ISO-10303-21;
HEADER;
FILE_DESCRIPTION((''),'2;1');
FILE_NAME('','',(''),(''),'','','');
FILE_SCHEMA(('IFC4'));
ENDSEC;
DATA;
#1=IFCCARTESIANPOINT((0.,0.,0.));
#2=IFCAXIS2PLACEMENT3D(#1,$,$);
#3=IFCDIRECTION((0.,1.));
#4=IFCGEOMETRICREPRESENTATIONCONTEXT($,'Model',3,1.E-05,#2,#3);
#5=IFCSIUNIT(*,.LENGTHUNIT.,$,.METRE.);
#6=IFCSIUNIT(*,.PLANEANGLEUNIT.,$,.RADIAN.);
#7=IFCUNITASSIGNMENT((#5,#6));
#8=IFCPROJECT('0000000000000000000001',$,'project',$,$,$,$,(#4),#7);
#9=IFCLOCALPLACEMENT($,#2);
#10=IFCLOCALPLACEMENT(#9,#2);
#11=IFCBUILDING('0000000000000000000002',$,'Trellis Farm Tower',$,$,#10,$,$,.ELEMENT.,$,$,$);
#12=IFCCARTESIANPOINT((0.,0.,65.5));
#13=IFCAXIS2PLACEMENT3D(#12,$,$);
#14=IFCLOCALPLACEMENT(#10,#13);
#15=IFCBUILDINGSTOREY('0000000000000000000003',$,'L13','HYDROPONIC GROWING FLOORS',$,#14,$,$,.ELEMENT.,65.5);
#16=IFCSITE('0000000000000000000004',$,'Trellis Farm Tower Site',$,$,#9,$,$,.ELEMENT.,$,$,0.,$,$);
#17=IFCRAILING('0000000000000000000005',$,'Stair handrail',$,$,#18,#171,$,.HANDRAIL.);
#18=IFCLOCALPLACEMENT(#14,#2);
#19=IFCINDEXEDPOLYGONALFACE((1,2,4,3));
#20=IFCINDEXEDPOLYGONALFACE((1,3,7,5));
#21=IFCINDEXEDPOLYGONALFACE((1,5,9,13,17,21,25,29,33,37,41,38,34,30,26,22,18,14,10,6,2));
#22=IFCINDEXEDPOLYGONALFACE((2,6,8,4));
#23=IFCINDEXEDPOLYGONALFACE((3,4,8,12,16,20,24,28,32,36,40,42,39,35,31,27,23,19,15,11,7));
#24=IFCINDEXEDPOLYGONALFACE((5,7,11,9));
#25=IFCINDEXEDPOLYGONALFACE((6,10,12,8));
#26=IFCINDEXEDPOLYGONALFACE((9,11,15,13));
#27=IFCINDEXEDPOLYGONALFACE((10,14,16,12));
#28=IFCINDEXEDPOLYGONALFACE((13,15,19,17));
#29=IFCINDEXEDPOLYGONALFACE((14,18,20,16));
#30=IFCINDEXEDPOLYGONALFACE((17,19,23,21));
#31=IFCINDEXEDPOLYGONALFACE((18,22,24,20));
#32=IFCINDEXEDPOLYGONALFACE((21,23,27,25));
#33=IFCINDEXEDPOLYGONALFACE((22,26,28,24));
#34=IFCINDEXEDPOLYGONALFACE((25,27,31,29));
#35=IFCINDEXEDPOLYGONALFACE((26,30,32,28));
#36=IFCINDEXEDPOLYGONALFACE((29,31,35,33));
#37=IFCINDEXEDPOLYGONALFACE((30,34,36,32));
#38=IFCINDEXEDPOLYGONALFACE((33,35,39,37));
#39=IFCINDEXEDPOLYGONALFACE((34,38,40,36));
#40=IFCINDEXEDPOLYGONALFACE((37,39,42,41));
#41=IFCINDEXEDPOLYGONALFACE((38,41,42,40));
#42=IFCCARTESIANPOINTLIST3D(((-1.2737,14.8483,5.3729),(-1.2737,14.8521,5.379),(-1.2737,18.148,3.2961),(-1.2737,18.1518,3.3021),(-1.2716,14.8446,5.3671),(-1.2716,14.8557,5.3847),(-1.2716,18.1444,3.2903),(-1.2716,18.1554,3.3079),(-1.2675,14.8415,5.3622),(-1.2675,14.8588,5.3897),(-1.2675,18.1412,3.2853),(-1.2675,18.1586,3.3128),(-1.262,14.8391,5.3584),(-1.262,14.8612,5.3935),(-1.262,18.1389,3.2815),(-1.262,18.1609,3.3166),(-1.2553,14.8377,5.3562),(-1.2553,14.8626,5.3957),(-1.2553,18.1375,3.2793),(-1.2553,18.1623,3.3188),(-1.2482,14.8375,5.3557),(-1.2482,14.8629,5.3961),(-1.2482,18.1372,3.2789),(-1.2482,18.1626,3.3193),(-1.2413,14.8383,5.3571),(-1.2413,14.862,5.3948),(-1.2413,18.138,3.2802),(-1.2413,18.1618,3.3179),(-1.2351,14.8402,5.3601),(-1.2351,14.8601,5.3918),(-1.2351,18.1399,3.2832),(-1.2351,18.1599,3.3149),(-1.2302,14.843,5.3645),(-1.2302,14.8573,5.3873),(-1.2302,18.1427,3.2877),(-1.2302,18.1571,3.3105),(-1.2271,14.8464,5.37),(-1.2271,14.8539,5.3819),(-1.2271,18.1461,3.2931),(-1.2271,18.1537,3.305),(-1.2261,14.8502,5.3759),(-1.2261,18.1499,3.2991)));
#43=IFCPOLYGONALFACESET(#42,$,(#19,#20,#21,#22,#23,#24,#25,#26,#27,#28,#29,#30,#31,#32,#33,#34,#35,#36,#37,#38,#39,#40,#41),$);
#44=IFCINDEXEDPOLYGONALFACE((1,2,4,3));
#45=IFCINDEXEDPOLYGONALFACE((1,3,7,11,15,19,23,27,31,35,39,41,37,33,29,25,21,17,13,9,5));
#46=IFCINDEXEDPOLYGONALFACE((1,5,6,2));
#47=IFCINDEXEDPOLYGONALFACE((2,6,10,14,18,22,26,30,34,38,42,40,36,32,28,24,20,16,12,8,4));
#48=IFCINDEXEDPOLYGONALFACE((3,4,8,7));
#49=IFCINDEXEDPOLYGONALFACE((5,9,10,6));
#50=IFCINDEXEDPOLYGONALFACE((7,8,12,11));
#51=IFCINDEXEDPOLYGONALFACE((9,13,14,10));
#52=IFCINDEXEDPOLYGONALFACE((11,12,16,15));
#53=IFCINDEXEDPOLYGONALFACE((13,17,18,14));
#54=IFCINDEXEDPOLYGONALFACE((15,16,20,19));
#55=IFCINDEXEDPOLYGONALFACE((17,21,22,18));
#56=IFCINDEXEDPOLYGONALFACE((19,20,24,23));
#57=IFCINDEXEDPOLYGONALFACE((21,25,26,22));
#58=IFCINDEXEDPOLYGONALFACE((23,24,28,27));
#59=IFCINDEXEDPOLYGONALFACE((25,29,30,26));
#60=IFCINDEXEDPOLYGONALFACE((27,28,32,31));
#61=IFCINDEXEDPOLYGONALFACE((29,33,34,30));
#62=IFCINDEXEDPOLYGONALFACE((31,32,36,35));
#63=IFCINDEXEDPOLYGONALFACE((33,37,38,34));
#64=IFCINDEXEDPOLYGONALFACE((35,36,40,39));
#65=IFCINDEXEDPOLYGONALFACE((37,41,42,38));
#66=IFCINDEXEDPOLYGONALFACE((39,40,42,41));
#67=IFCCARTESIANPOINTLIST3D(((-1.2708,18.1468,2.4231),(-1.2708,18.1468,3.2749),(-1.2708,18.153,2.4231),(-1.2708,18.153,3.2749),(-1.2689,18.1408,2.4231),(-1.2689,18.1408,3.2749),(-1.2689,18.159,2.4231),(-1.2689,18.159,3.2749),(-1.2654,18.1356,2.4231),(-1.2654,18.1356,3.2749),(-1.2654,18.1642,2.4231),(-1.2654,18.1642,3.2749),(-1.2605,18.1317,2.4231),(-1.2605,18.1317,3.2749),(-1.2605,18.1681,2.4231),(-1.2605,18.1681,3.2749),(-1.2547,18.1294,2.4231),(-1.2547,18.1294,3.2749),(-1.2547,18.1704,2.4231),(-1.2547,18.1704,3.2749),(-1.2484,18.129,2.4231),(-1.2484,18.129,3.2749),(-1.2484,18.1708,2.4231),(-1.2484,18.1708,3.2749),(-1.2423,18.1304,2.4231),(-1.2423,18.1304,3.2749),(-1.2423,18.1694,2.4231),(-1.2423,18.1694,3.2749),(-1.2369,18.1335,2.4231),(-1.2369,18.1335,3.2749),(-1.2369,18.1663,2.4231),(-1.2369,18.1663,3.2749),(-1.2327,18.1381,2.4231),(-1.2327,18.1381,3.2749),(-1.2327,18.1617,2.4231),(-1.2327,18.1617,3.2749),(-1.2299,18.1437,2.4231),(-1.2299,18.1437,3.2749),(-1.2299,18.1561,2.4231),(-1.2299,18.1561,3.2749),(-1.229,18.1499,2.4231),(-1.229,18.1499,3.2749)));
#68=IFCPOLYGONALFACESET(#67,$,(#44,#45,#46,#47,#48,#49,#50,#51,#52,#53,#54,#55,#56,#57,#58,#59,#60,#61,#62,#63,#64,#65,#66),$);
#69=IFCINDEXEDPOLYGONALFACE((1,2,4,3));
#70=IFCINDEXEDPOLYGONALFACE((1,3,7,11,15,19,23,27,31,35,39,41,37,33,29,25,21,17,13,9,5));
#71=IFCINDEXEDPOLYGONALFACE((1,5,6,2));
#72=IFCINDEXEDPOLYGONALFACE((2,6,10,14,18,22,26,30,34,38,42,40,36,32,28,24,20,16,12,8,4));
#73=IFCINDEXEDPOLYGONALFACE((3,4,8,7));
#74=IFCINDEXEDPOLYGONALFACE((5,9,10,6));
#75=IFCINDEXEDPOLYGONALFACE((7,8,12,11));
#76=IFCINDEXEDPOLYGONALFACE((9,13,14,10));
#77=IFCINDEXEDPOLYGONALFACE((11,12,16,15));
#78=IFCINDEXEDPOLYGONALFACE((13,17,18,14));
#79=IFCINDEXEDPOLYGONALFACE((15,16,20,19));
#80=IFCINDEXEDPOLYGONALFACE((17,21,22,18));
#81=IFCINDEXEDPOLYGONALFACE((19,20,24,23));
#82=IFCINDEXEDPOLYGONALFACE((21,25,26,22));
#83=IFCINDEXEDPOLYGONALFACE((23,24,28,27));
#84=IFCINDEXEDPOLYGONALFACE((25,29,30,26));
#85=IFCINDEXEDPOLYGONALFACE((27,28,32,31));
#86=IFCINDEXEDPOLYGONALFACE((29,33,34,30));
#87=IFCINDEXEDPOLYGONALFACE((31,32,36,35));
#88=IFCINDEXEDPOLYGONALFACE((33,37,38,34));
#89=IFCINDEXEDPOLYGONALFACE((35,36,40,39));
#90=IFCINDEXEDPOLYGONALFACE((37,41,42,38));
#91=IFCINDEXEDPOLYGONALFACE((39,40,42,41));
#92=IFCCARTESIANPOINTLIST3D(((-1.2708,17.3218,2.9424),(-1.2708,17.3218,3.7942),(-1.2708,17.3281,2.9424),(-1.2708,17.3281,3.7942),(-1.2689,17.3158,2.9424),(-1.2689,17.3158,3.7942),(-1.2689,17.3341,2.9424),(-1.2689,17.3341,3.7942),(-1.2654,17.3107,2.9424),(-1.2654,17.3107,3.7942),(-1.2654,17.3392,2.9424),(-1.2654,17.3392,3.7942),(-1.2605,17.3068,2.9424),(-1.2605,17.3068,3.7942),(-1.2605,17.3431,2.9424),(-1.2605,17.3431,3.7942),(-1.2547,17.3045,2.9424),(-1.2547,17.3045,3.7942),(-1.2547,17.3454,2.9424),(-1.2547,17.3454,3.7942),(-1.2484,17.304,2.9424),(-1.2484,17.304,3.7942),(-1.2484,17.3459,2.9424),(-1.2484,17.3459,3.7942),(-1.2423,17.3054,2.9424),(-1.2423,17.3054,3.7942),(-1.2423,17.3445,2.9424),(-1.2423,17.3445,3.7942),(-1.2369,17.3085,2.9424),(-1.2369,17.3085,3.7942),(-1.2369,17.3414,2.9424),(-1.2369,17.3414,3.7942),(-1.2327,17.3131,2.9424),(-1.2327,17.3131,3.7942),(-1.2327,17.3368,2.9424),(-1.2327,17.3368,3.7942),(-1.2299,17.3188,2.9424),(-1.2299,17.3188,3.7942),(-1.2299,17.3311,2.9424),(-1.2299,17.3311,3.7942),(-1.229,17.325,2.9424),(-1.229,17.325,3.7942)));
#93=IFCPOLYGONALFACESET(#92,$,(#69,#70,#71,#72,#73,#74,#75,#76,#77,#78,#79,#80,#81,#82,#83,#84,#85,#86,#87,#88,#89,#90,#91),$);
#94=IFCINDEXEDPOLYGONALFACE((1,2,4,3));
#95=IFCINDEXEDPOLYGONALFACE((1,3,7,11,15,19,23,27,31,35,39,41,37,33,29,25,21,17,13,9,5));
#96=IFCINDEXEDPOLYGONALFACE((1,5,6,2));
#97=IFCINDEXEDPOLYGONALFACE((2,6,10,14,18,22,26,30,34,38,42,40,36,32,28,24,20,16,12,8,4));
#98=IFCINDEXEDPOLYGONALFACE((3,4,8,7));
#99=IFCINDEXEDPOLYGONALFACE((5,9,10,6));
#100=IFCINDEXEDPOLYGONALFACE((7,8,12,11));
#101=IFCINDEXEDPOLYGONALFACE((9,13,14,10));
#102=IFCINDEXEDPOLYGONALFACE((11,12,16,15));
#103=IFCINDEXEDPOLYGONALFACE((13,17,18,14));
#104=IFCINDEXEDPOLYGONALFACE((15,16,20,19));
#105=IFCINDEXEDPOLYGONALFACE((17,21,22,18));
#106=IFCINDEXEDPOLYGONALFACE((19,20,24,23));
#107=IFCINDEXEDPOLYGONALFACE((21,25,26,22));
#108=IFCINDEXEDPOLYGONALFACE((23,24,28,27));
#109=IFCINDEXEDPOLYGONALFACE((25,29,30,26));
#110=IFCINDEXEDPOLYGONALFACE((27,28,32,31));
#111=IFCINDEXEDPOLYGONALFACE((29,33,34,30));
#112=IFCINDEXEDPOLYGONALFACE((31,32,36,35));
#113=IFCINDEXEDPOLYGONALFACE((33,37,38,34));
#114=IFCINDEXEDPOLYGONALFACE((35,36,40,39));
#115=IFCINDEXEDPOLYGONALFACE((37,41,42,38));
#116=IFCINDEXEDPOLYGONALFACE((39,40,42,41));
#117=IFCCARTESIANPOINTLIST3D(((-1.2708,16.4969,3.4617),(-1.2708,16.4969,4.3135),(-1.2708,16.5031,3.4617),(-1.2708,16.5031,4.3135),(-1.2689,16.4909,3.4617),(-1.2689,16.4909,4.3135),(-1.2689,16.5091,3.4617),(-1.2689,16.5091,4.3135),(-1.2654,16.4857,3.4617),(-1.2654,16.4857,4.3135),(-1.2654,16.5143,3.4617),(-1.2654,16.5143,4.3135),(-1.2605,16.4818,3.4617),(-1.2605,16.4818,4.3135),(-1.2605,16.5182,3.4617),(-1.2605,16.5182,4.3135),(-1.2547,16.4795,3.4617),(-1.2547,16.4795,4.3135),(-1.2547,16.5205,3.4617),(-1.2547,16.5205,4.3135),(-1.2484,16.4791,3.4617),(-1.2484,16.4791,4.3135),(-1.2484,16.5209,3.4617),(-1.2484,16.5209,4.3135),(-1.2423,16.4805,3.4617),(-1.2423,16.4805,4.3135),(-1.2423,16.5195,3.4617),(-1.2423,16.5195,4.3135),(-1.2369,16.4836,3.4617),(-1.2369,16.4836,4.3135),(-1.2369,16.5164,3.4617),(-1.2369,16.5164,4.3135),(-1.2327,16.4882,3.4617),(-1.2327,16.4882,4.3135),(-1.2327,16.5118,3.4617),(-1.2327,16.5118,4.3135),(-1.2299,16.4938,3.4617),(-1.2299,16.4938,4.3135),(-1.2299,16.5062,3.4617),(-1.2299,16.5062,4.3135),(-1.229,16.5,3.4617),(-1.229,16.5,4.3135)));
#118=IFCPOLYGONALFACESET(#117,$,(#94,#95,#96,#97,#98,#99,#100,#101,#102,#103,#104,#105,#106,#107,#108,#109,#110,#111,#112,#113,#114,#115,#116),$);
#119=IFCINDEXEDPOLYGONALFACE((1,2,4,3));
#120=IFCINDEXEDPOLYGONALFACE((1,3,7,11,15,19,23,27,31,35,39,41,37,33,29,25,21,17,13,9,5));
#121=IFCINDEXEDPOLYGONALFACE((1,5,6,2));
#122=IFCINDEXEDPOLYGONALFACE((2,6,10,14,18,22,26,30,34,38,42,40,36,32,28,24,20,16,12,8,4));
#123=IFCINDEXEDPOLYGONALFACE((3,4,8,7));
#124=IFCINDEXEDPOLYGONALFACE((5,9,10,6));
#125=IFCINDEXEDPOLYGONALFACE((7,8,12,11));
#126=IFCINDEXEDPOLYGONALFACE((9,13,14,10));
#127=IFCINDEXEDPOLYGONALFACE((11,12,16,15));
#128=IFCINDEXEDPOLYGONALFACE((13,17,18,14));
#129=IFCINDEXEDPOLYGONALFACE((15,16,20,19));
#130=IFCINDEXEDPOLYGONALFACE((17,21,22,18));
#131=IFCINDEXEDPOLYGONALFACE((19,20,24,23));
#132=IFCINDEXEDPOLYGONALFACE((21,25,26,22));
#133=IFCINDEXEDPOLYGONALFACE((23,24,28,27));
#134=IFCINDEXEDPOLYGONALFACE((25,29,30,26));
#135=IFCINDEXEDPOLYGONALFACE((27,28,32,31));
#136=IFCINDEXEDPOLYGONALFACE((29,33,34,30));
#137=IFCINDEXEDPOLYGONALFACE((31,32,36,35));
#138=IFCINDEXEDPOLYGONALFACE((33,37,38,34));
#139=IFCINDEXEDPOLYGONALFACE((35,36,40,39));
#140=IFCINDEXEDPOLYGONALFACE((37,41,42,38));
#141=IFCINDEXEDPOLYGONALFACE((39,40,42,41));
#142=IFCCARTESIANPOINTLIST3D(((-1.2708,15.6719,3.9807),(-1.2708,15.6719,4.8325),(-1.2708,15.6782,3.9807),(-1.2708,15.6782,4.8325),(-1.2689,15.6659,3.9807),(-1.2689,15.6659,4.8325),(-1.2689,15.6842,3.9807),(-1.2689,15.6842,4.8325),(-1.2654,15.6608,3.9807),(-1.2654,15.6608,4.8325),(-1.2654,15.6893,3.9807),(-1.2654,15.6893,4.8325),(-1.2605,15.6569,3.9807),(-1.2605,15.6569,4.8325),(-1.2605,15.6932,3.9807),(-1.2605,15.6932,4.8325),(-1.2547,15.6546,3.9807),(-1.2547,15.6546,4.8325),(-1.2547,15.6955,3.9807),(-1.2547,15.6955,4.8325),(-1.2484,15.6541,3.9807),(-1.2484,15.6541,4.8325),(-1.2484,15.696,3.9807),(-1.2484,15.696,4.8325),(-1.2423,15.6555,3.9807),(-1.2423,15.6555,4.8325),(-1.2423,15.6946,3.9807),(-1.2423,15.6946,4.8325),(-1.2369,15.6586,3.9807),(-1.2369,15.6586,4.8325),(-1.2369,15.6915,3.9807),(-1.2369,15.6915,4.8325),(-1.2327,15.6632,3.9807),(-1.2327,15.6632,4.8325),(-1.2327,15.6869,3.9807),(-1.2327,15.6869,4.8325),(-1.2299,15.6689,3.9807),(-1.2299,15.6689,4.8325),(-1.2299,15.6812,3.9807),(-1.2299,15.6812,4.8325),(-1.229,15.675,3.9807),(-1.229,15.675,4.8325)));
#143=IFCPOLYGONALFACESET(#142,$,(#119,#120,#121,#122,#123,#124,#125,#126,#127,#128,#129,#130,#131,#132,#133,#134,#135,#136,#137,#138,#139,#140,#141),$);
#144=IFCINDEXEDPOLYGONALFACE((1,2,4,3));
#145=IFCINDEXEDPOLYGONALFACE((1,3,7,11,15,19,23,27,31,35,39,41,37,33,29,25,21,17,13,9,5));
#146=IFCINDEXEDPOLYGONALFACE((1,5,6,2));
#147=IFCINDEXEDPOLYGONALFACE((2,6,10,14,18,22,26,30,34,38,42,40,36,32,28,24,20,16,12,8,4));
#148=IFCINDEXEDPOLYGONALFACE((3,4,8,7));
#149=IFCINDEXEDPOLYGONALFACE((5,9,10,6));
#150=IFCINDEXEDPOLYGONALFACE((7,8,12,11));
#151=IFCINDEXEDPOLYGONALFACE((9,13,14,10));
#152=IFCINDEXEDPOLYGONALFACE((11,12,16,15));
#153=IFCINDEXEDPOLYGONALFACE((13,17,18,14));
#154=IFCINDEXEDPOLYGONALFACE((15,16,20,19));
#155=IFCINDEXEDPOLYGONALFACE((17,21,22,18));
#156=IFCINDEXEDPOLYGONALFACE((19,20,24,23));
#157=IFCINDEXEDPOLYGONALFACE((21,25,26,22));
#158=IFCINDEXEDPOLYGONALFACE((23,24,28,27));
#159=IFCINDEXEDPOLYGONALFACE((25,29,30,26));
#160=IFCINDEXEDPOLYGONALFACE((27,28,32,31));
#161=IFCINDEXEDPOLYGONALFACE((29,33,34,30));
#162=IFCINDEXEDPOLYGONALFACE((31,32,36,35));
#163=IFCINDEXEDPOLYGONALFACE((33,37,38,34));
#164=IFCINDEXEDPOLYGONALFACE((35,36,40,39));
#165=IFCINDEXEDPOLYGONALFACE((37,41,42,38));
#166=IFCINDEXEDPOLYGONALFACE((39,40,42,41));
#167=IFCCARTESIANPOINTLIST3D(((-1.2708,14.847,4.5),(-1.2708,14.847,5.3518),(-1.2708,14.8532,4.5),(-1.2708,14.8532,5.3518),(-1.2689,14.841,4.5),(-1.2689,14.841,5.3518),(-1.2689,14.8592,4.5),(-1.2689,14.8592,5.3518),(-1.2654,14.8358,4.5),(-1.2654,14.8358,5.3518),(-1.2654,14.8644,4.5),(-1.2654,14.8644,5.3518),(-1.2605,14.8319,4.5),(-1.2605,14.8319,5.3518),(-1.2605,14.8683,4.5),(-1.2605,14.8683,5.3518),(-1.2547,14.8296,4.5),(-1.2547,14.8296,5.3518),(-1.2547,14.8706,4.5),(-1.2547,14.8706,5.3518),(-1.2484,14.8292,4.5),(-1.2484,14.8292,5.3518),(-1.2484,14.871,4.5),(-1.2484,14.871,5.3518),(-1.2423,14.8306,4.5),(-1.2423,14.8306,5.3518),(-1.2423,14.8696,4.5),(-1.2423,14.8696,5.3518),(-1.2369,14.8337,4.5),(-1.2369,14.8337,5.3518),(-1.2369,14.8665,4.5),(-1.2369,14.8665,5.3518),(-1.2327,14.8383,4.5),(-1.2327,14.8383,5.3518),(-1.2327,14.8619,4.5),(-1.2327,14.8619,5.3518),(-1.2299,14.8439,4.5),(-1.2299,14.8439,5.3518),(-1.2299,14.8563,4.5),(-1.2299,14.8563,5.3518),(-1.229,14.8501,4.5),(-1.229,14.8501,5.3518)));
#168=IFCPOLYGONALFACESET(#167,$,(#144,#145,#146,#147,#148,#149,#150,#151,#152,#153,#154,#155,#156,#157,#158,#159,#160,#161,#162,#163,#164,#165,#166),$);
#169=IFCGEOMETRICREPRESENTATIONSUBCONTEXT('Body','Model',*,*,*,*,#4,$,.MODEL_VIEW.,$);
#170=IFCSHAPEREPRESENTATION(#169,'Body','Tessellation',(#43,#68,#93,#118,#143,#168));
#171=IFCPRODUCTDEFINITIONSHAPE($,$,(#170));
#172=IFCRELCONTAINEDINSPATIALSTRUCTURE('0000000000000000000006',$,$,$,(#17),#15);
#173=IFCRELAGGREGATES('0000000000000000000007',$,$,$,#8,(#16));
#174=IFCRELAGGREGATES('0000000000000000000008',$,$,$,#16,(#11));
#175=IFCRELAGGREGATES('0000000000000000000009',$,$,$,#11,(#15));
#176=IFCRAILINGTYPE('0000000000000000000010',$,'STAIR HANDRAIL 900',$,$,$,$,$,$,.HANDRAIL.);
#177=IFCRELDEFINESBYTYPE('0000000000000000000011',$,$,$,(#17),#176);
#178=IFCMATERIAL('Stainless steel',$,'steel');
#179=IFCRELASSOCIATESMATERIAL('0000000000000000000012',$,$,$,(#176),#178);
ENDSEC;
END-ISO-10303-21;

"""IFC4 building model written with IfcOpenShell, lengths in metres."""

from ifc_helpers import new_model, si_unit, direction, frame, origin, origin_2d, place, context, subcontext, project, spatial, circle, extrude, source, transform, mapped, material, type_object, element, save


model = new_model("IFC4")

# Units and contexts
model_context = context("Model", 3, precision=1e-05, world=origin(), true_north=direction((0.0, 1.0)))
body_context = subcontext(model_context, "Body", "Model", "MODEL_VIEW")
ifc_project = project(units=[si_unit("LENGTHUNIT", "METRE"), si_unit("PLANEANGLEUNIT", "RADIAN")], contexts=[model_context])

# Site, building, storey
site_placement = place(None, origin())
site = spatial("IfcSite", under=ifc_project, at=site_placement, Name="Trellis Farm Tower Site", CompositionType="ELEMENT", RefElevation=0.0)
building_placement = place(site_placement, origin())
building = spatial("IfcBuilding", under=site, at=building_placement, Name="Trellis Farm Tower", CompositionType="ELEMENT")
storey_placement = place(building_placement, frame((0.0, 0.0, 65.5)))
storey = spatial("IfcBuildingStorey", under=building, at=storey_placement, Name="L13", Description="HYDROPONIC GROWING FLOORS", CompositionType="ELEMENT", Elevation=65.5)

# Railing
ifc_material_1 = material(Name="Stainless steel", Category="steel")
railing_type = type_object("IfcRailingType", Name="STAIR HANDRAIL 900", PredefinedType="HANDRAIL", material=ifc_material_1)
shared_shape_1 = source(origin(), body_context, "Body", "SweptSolid", [
    extrude(circle(Radius=0.0239, at=origin_2d()), frame((0.0, 0.0, 0.876), z_axis=(0.0, -0.84632, 0.532675), x_axis=(1.0, 0.0, 0.0)), (0.0, 0.0, 1.0), 3.8989),
    extrude(circle(Radius=0.021, at=origin_2d()), origin(), (0.0, 0.0, 1.0), 0.8518),
    extrude(circle(Radius=0.021, at=origin_2d()), frame((0.0, -0.825, 0.5193)), (0.0, 0.0, 1.0), 0.8518),
    extrude(circle(Radius=0.021, at=origin_2d()), frame((0.0, -1.6499, 1.0386)), (0.0, 0.0, 1.0), 0.8518),
    extrude(circle(Radius=0.021, at=origin_2d()), frame((0.0, -2.4749, 1.5576)), (0.0, 0.0, 1.0), 0.8518),
    extrude(circle(Radius=0.021, at=origin_2d()), frame((0.0, -3.2998, 2.0769)), (0.0, 0.0, 1.0), 0.8518),
])
railing_placement = place(storey_placement, frame((-1.25, 18.1499, 2.4231)))
element("IfcRailing", 1, at=railing_placement, inside=storey, type_object=railing_type, Name="Stair handrail", PredefinedType="HANDRAIL", context=body_context, shape_type="MappedRepresentation", body=[
    mapped(shared_shape_1, transform((0.0, 0.0, 0.0))),
])

save(model, "model.ifc")
